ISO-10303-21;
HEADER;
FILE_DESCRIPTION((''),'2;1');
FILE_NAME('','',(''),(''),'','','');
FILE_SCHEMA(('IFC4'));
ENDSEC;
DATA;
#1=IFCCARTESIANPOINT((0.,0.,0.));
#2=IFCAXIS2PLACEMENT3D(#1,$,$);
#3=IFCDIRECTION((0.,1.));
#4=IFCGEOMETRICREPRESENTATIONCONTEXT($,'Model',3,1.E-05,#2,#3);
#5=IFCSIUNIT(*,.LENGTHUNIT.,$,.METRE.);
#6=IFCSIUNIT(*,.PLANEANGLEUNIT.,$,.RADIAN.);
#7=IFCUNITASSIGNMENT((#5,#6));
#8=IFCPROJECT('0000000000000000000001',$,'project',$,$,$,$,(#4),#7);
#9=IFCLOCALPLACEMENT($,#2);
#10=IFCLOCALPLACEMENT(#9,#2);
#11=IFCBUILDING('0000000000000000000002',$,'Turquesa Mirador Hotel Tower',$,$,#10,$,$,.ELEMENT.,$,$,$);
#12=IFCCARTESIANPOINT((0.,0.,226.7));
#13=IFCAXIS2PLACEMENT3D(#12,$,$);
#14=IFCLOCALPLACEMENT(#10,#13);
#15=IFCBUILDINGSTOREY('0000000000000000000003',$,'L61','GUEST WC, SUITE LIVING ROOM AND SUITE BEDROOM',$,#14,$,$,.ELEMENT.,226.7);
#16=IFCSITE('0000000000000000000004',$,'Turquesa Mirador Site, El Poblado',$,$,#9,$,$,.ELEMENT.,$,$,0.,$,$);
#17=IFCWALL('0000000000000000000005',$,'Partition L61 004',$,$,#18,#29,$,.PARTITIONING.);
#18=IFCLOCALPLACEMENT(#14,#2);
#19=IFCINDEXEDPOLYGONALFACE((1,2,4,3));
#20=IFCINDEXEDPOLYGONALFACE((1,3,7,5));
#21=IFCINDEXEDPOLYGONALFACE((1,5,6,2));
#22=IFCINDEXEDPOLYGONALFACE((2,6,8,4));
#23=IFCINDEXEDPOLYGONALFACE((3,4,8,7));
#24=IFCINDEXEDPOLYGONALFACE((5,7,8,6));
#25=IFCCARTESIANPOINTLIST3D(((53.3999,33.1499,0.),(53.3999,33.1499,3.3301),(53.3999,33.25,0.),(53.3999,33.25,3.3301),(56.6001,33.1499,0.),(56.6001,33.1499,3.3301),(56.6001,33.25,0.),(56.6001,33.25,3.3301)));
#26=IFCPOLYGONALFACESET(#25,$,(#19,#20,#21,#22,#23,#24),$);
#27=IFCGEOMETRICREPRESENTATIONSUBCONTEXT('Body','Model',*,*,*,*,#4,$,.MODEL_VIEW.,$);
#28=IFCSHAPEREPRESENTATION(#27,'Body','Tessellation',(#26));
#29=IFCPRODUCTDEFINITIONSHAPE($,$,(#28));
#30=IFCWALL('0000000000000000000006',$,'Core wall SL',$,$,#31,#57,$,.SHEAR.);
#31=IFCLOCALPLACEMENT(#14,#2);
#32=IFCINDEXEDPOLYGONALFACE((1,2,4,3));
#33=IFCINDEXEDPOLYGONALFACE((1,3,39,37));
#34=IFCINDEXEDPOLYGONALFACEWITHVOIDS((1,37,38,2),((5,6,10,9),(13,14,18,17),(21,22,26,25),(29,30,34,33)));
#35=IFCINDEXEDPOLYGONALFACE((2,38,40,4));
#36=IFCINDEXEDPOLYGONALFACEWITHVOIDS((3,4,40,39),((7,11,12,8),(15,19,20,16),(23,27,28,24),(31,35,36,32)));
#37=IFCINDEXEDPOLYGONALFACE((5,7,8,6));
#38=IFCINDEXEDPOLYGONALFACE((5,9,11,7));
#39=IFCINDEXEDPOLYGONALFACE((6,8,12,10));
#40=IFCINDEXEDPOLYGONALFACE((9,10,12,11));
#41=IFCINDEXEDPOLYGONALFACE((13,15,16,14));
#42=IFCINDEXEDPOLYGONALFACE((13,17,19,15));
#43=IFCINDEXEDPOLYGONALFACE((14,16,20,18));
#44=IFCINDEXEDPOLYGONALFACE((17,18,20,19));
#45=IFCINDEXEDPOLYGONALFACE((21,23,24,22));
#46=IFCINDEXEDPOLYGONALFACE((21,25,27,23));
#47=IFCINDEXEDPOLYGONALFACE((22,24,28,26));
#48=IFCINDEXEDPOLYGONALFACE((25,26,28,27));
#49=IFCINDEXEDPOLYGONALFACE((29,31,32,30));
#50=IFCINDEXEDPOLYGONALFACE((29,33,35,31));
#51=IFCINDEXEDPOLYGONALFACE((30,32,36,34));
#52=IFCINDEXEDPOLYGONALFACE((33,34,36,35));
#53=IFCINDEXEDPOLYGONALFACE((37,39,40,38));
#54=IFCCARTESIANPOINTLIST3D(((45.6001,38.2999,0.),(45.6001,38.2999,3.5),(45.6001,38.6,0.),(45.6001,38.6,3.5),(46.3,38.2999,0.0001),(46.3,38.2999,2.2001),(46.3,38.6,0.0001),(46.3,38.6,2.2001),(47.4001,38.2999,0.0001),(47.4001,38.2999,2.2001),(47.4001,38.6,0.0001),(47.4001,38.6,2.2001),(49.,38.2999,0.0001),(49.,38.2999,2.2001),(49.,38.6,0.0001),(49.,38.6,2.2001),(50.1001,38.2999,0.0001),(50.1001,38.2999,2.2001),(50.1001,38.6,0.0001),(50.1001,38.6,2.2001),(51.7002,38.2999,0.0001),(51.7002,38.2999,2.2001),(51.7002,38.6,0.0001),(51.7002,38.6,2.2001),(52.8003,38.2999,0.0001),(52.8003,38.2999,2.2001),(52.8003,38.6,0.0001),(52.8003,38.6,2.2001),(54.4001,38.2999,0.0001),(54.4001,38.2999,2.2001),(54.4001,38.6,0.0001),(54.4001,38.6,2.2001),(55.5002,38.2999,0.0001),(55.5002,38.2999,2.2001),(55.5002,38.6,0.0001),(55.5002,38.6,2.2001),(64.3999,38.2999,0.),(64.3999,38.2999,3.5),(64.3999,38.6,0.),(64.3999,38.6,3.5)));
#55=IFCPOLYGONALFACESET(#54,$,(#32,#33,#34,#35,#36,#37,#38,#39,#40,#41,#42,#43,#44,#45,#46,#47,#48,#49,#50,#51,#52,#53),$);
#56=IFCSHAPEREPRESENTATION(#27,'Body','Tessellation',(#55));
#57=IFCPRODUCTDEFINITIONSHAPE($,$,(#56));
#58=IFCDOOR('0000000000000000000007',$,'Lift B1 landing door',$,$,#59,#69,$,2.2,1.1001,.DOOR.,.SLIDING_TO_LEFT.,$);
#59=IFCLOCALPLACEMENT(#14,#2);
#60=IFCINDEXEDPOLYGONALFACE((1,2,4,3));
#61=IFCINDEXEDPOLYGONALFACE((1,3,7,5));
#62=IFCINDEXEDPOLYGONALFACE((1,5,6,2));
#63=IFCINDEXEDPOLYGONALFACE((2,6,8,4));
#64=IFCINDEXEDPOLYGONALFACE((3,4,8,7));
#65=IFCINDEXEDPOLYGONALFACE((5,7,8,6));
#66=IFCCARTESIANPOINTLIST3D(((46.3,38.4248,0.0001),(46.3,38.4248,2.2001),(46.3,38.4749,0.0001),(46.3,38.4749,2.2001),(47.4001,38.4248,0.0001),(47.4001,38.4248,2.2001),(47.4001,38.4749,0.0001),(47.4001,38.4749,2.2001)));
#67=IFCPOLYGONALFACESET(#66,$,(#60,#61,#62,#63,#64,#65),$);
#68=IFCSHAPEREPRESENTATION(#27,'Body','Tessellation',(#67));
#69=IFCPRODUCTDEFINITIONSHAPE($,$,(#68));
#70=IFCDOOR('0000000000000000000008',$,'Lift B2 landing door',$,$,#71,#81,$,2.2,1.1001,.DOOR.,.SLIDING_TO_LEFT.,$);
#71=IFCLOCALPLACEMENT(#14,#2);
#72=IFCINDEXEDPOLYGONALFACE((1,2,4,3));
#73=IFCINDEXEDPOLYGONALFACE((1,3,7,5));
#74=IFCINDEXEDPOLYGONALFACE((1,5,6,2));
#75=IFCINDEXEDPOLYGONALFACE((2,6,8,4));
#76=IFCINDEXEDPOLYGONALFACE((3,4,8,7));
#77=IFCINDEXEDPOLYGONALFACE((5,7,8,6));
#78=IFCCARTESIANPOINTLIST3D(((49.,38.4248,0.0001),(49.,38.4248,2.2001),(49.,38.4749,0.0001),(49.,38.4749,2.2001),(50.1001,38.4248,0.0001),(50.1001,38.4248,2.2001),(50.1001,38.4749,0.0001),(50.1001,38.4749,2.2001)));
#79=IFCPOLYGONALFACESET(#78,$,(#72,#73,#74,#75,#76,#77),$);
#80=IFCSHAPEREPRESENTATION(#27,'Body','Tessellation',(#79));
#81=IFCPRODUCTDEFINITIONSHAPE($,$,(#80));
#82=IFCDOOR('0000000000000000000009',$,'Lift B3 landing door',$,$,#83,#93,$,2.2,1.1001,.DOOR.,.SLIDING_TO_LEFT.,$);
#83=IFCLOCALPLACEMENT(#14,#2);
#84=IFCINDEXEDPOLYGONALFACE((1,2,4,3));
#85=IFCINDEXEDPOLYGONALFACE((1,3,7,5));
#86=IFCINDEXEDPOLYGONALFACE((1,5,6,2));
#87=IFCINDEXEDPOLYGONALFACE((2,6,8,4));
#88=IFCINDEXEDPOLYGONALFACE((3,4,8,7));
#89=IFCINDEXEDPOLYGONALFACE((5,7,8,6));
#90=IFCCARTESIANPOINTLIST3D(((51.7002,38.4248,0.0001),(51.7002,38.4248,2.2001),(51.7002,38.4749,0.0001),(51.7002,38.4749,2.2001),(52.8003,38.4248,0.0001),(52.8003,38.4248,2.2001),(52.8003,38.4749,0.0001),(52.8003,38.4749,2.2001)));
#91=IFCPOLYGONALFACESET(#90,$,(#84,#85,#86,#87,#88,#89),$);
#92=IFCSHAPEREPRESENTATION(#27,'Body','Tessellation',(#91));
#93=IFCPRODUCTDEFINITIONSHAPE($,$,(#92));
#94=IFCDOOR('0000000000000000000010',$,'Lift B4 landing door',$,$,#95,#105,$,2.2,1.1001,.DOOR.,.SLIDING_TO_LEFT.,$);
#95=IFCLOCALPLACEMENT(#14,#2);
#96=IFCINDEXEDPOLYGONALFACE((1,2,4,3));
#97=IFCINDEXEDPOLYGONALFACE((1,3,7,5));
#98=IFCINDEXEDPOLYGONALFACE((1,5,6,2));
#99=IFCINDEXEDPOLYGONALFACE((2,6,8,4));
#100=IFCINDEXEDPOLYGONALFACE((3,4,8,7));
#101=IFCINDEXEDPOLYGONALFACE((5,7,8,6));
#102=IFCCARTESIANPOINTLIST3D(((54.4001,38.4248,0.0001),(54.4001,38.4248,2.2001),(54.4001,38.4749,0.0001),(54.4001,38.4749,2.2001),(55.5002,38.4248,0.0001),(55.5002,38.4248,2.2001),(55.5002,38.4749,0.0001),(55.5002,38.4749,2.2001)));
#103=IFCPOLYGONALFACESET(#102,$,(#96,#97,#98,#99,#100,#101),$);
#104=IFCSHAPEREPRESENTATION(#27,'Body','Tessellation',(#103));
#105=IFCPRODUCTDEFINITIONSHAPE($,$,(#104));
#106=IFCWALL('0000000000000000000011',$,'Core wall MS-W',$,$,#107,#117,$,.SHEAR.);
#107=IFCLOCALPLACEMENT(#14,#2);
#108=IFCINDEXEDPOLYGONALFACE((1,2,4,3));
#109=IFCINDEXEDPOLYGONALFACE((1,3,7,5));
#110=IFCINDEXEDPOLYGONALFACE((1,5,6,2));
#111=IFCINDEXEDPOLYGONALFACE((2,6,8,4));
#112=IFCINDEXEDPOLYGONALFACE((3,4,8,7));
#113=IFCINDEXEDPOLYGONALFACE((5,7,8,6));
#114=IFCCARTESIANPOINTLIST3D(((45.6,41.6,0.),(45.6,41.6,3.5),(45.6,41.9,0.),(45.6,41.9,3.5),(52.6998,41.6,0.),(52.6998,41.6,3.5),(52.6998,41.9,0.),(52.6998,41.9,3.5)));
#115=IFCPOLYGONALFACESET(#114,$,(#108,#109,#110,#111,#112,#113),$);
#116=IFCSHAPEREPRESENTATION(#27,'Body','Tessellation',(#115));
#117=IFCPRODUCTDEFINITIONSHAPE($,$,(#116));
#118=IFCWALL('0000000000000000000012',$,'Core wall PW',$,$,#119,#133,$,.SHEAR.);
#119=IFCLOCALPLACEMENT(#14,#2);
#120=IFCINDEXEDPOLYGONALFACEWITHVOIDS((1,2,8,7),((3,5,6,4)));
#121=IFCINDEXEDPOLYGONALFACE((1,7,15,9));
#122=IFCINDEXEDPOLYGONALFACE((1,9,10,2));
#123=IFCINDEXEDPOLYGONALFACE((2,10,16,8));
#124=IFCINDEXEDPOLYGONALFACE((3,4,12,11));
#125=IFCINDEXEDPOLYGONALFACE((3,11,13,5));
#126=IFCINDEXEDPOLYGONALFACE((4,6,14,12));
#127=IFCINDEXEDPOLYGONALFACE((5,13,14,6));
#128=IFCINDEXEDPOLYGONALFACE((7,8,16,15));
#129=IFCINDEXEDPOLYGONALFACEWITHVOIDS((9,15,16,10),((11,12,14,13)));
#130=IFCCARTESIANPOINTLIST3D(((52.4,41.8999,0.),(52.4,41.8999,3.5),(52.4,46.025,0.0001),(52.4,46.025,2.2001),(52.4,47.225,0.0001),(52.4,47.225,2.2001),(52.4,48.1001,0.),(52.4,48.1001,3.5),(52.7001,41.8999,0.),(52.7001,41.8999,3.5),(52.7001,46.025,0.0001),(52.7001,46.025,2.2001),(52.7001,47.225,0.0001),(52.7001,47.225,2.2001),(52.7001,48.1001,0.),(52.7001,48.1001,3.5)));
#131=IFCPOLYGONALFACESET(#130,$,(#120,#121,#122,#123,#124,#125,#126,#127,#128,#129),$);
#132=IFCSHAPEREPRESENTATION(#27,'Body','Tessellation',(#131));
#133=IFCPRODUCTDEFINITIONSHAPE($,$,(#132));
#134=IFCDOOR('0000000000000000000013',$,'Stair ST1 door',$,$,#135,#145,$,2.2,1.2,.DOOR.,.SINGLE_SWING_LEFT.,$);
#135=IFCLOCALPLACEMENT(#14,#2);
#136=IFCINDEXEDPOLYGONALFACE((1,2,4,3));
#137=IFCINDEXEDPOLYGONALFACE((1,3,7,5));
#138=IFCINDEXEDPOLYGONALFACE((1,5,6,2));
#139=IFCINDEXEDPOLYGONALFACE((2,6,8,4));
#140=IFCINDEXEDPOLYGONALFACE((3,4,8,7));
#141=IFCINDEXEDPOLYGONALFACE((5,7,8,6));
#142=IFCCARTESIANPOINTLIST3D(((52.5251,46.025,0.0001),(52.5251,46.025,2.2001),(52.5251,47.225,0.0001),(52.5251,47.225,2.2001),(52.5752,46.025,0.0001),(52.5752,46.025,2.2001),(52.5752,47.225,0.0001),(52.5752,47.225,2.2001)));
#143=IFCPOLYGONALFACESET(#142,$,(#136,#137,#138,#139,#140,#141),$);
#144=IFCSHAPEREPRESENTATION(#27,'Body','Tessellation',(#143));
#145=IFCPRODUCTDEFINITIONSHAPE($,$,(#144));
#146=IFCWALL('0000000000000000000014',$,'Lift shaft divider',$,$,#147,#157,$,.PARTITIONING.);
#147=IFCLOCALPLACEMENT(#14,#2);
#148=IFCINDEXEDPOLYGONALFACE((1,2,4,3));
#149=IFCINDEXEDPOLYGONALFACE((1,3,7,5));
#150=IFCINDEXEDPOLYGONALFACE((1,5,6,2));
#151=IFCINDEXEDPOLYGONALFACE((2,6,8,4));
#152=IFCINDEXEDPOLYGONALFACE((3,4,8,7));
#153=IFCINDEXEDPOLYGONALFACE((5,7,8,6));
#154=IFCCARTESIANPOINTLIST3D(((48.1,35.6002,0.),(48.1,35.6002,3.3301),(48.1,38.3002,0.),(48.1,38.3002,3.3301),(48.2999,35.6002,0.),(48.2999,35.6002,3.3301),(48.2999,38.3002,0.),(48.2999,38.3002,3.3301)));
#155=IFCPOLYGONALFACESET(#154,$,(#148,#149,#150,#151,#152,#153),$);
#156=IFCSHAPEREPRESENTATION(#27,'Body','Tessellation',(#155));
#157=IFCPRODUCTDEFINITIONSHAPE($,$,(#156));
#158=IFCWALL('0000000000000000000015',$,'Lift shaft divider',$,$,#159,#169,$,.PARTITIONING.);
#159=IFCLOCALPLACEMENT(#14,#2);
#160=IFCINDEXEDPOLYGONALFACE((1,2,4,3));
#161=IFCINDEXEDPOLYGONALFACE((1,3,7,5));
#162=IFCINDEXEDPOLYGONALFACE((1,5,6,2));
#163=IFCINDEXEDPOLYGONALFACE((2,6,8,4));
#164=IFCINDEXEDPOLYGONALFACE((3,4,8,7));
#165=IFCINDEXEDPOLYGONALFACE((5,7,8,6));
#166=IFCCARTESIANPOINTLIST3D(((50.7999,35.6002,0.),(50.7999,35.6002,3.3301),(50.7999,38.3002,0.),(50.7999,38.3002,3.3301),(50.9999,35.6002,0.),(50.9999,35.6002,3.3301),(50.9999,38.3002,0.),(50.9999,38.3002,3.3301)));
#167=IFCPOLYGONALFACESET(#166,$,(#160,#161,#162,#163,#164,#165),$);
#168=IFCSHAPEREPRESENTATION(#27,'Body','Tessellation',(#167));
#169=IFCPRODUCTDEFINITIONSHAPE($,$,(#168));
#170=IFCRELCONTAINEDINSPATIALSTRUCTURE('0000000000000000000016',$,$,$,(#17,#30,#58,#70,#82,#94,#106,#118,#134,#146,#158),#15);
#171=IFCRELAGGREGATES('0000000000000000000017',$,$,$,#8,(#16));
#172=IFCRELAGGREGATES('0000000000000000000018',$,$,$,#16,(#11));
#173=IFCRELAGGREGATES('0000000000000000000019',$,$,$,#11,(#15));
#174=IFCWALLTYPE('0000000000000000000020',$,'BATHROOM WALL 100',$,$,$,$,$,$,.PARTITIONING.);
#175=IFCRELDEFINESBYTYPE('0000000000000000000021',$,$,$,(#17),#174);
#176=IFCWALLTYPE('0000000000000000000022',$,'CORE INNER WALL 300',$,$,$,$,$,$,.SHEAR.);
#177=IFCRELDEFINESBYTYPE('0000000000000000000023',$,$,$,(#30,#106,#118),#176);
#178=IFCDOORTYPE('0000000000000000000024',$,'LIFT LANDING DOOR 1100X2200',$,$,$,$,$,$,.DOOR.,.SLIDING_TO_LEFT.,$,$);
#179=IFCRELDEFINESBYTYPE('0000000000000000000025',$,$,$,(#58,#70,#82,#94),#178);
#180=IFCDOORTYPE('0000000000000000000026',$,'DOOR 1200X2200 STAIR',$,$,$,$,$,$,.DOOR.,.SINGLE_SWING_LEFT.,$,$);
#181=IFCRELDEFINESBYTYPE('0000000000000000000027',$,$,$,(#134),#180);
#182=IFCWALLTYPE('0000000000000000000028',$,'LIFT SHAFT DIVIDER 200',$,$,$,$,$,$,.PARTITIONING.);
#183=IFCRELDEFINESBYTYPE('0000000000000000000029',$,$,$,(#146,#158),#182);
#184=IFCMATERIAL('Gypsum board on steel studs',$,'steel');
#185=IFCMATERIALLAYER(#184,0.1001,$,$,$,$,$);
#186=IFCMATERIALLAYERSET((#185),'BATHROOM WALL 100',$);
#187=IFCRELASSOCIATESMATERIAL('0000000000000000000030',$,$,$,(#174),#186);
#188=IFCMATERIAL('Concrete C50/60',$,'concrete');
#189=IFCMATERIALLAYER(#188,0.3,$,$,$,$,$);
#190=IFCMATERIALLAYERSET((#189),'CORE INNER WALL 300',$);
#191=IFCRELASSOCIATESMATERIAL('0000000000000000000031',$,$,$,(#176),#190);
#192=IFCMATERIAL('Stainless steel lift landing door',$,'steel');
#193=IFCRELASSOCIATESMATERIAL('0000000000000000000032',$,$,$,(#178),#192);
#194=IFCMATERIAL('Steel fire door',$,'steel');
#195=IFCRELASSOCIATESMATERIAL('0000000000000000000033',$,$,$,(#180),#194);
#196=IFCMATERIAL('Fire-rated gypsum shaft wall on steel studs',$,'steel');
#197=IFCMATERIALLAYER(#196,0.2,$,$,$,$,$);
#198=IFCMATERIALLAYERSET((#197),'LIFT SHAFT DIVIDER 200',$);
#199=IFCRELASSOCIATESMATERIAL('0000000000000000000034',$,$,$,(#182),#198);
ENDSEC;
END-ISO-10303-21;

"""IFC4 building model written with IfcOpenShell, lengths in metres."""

from ifc_helpers import new_model, si_unit, direction, frame, frame_2d, origin, place, context, subcontext, project, spatial, rectangle, extrude, material, layer, layer_set, type_object, element, fill, save


model = new_model("IFC4")

# Units and contexts
model_context = context("Model", 3, precision=1e-05, world=origin(), true_north=direction((0.0, 1.0)))
body_context = subcontext(model_context, "Body", "Model", "MODEL_VIEW")
ifc_project = project(units=[si_unit("LENGTHUNIT", "METRE"), si_unit("PLANEANGLEUNIT", "RADIAN")], contexts=[model_context])

# Site, building, storey
site_placement = place(None, origin())
site = spatial("IfcSite", under=ifc_project, at=site_placement, Name="Turquesa Mirador Site, El Poblado", CompositionType="ELEMENT", RefElevation=0.0)
building_placement = place(site_placement, origin())
building = spatial("IfcBuilding", under=site, at=building_placement, Name="Turquesa Mirador Hotel Tower", CompositionType="ELEMENT")
storey_placement = place(building_placement, frame((0.0, 0.0, 226.7)))
storey = spatial("IfcBuildingStorey", under=building, at=storey_placement, Name="L61", Description="GUEST WC, SUITE LIVING ROOM AND SUITE BEDROOM", CompositionType="ELEMENT", Elevation=226.7)

# Wall
ifc_material_1 = material(Name="Gypsum board on steel studs", Category="steel")
ifc_layer_1 = layer(ifc_material_1, 0.1001)
ifc_layer_set_1 = layer_set([ifc_layer_1], Name="BATHROOM WALL 100")
wall_type_1 = type_object("IfcWallType", Name="BATHROOM WALL 100", PredefinedType="PARTITIONING", material=ifc_layer_set_1)
wall_1_placement = place(storey_placement, frame((53.3999, 33.2, 0.0), z_axis=(0.0, 0.0, 1.0), x_axis=(1.0, 0.0, 0.0)))
element("IfcWall", 1, at=wall_1_placement, inside=storey, type_object=wall_type_1, Name="Partition L61 004", PredefinedType="PARTITIONING", context=body_context, shape_type="SweptSolid", body=[
    extrude(rectangle(XDim=3.2002, YDim=0.1001, at=frame_2d((1.6001, 0.0))), origin(), (0.0, 0.0, 1.0), 3.3301),
])

# Wall, openings, doors
ifc_material_2 = material(Name="Concrete C50/60", Category="concrete")
ifc_layer_2 = layer(ifc_material_2, 0.3)
ifc_layer_set_2 = layer_set([ifc_layer_2], Name="CORE INNER WALL 300")
wall_type_2 = type_object("IfcWallType", Name="CORE INNER WALL 300", PredefinedType="SHEAR", material=ifc_layer_set_2)
wall_2_placement = place(storey_placement, frame((45.6001, 38.45, 0.0), z_axis=(0.0, 0.0, 1.0), x_axis=(1.0, 0.0, 0.0)))
wall_2 = element("IfcWall", 2, at=wall_2_placement, inside=storey, type_object=wall_type_2, Name="Core wall SL", PredefinedType="SHEAR", context=body_context, shape_type="SweptSolid", body=[
    extrude(rectangle(XDim=18.7998, YDim=0.3, at=frame_2d((9.3999, 0.0))), origin(), (0.0, 0.0, 1.0), 3.5),
])
opening_1_placement = place(wall_2_placement, frame((0.7, 0.0, 0.0)))
opening_1 = element("IfcOpeningElement", 3, at=opening_1_placement, cuts=wall_2, PredefinedType="OPENING", context=body_context, shape_type="SweptSolid", body=[
    extrude(rectangle(XDim=1.1001, YDim=2.2, at=frame_2d((0.55, 1.1001))), frame((0.0, 0.1599, 0.0), z_axis=(0.0, -1.0, 0.0), x_axis=(1.0, 0.0, 0.0)), (0.0, 0.0, 1.0), 0.3201),
])
opening_2_placement = place(wall_2_placement, frame((3.3999, 0.0, 0.0)))
opening_2 = element("IfcOpeningElement", 4, at=opening_2_placement, cuts=wall_2, PredefinedType="OPENING", context=body_context, shape_type="SweptSolid", body=[
    extrude(rectangle(XDim=1.1001, YDim=2.2, at=frame_2d((0.55, 1.1001))), frame((0.0, 0.1599, 0.0), z_axis=(0.0, -1.0, 0.0), x_axis=(1.0, 0.0, 0.0)), (0.0, 0.0, 1.0), 0.3201),
])
opening_3_placement = place(wall_2_placement, frame((6.1001, 0.0, 0.0)))
opening_3 = element("IfcOpeningElement", 5, at=opening_3_placement, cuts=wall_2, PredefinedType="OPENING", context=body_context, shape_type="SweptSolid", body=[
    extrude(rectangle(XDim=1.1001, YDim=2.2, at=frame_2d((0.55, 1.1001))), frame((0.0, 0.1599, 0.0), z_axis=(0.0, -1.0, 0.0), x_axis=(1.0, 0.0, 0.0)), (0.0, 0.0, 1.0), 0.3201),
])
opening_4_placement = place(wall_2_placement, frame((8.8, 0.0, 0.0)))
opening_4 = element("IfcOpeningElement", 6, at=opening_4_placement, cuts=wall_2, PredefinedType="OPENING", context=body_context, shape_type="SweptSolid", body=[
    extrude(rectangle(XDim=1.1001, YDim=2.2, at=frame_2d((0.55, 1.1001))), frame((0.0, 0.1599, 0.0), z_axis=(0.0, -1.0, 0.0), x_axis=(1.0, 0.0, 0.0)), (0.0, 0.0, 1.0), 0.3201),
])
ifc_material_3 = material(Name="Stainless steel lift landing door", Category="steel")
door_type_1 = type_object("IfcDoorType", Name="LIFT LANDING DOOR 1100X2200", OperationType="SLIDING_TO_LEFT", PredefinedType="DOOR", material=ifc_material_3)
door_1_placement = place(opening_1_placement, origin())
door_1 = element("IfcDoor", 7, at=door_1_placement, inside=storey, type_object=door_type_1, Name="Lift B1 landing door", OperationType="SLIDING_TO_LEFT", OverallHeight=2.2, OverallWidth=1.1001, PredefinedType="DOOR", context=body_context, shape_type="SweptSolid", body=[
    extrude(rectangle(XDim=1.1001, YDim=2.2, at=frame_2d((0.55, 1.1001))), frame((0.0, 0.0249, 0.0), z_axis=(0.0, -1.0, 0.0), x_axis=(1.0, 0.0, 0.0)), (0.0, 0.0, 1.0), 0.05),
])
fill(opening_1, door_1)
door_2_placement = place(opening_2_placement, origin())
door_2 = element("IfcDoor", 8, at=door_2_placement, inside=storey, type_object=door_type_1, Name="Lift B2 landing door", OperationType="SLIDING_TO_LEFT", OverallHeight=2.2, OverallWidth=1.1001, PredefinedType="DOOR", context=body_context, shape_type="SweptSolid", body=[
    extrude(rectangle(XDim=1.1001, YDim=2.2, at=frame_2d((0.55, 1.1001))), frame((0.0, 0.0249, 0.0), z_axis=(0.0, -1.0, 0.0), x_axis=(1.0, 0.0, 0.0)), (0.0, 0.0, 1.0), 0.05),
])
fill(opening_2, door_2)
door_3_placement = place(opening_3_placement, origin())
door_3 = element("IfcDoor", 9, at=door_3_placement, inside=storey, type_object=door_type_1, Name="Lift B3 landing door", OperationType="SLIDING_TO_LEFT", OverallHeight=2.2, OverallWidth=1.1001, PredefinedType="DOOR", context=body_context, shape_type="SweptSolid", body=[
    extrude(rectangle(XDim=1.1001, YDim=2.2, at=frame_2d((0.55, 1.1001))), frame((0.0, 0.0249, 0.0), z_axis=(0.0, -1.0, 0.0), x_axis=(1.0, 0.0, 0.0)), (0.0, 0.0, 1.0), 0.05),
])
fill(opening_3, door_3)
door_4_placement = place(opening_4_placement, origin())
door_4 = element("IfcDoor", 10, at=door_4_placement, inside=storey, type_object=door_type_1, Name="Lift B4 landing door", OperationType="SLIDING_TO_LEFT", OverallHeight=2.2, OverallWidth=1.1001, PredefinedType="DOOR", context=body_context, shape_type="SweptSolid", body=[
    extrude(rectangle(XDim=1.1001, YDim=2.2, at=frame_2d((0.55, 1.1001))), frame((0.0, 0.0249, 0.0), z_axis=(0.0, -1.0, 0.0), x_axis=(1.0, 0.0, 0.0)), (0.0, 0.0, 1.0), 0.05),
])
fill(opening_4, door_4)

# Wall
wall_3_placement = place(storey_placement, frame((45.6001, 41.75, 0.0), z_axis=(0.0, 0.0, 1.0), x_axis=(1.0, 0.0, 0.0)))
element("IfcWall", 11, at=wall_3_placement, inside=storey, type_object=wall_type_2, Name="Core wall MS-W", PredefinedType="SHEAR", context=body_context, shape_type="SweptSolid", body=[
    extrude(rectangle(XDim=7.0999, YDim=0.3, at=frame_2d((3.5498, 0.0))), origin(), (0.0, 0.0, 1.0), 3.5),
])

# Wall, opening, door
wall_4_placement = place(storey_placement, frame((52.55, 41.8999, 0.0), z_axis=(0.0, 0.0, 1.0), x_axis=(0.0, 1.0, 0.0)))
wall_4 = element("IfcWall", 12, at=wall_4_placement, inside=storey, type_object=wall_type_2, Name="Core wall PW", PredefinedType="SHEAR", context=body_context, shape_type="SweptSolid", body=[
    extrude(rectangle(XDim=6.2002, YDim=0.3, at=frame_2d((3.1001, 0.0))), origin(), (0.0, 0.0, 1.0), 3.5),
])
opening_5_placement = place(wall_4_placement, frame((4.125, 0.0, 0.0)))
opening_5 = element("IfcOpeningElement", 13, at=opening_5_placement, cuts=wall_4, PredefinedType="OPENING", context=body_context, shape_type="SweptSolid", body=[
    extrude(rectangle(XDim=1.2, YDim=2.2, at=frame_2d((0.6001, 1.1001))), frame((0.0, 0.1599, 0.0), z_axis=(0.0, -1.0, 0.0), x_axis=(1.0, 0.0, 0.0)), (0.0, 0.0, 1.0), 0.3201),
])
ifc_material_4 = material(Name="Steel fire door", Category="steel")
door_type_2 = type_object("IfcDoorType", Name="DOOR 1200X2200 STAIR", OperationType="SINGLE_SWING_LEFT", PredefinedType="DOOR", material=ifc_material_4)
door_5_placement = place(opening_5_placement, origin())
door_5 = element("IfcDoor", 14, at=door_5_placement, inside=storey, type_object=door_type_2, Name="Stair ST1 door", OperationType="SINGLE_SWING_LEFT", OverallHeight=2.2, OverallWidth=1.2, PredefinedType="DOOR", context=body_context, shape_type="SweptSolid", body=[
    extrude(rectangle(XDim=1.2, YDim=2.2, at=frame_2d((0.6001, 1.1001))), frame((0.0, 0.0249, 0.0), z_axis=(0.0, -1.0, 0.0), x_axis=(1.0, 0.0, 0.0)), (0.0, 0.0, 1.0), 0.05),
])
fill(opening_5, door_5)

# Walls
ifc_material_5 = material(Name="Fire-rated gypsum shaft wall on steel studs", Category="steel")
ifc_layer_3 = layer(ifc_material_5, 0.2)
ifc_layer_set_3 = layer_set([ifc_layer_3], Name="LIFT SHAFT DIVIDER 200")
wall_type_3 = type_object("IfcWallType", Name="LIFT SHAFT DIVIDER 200", PredefinedType="PARTITIONING", material=ifc_layer_set_3)
for number, where, z_axis, x_axis, name in (
    (15, (48.2, 35.6001, 0.0), (0.0, 0.0, 1.0), (0.0, 1.0, 0.0), "Lift shaft divider"),
    (16, (50.8999, 35.6001, 0.0), (0.0, 0.0, 1.0), (0.0, 1.0, 0.0), "Lift shaft divider"),
):
    element("IfcWall", number, at=place(storey_placement, frame(where, z_axis=z_axis, x_axis=x_axis)), inside=storey, type_object=wall_type_3, Name=name, PredefinedType="PARTITIONING", context=body_context, shape_type="SweptSolid", body=[
        extrude(rectangle(XDim=2.7, YDim=0.2, at=frame_2d((1.3501, 0.0))), origin(), (0.0, 0.0, 1.0), 3.3301),
    ])

save(model, "model.ifc")
